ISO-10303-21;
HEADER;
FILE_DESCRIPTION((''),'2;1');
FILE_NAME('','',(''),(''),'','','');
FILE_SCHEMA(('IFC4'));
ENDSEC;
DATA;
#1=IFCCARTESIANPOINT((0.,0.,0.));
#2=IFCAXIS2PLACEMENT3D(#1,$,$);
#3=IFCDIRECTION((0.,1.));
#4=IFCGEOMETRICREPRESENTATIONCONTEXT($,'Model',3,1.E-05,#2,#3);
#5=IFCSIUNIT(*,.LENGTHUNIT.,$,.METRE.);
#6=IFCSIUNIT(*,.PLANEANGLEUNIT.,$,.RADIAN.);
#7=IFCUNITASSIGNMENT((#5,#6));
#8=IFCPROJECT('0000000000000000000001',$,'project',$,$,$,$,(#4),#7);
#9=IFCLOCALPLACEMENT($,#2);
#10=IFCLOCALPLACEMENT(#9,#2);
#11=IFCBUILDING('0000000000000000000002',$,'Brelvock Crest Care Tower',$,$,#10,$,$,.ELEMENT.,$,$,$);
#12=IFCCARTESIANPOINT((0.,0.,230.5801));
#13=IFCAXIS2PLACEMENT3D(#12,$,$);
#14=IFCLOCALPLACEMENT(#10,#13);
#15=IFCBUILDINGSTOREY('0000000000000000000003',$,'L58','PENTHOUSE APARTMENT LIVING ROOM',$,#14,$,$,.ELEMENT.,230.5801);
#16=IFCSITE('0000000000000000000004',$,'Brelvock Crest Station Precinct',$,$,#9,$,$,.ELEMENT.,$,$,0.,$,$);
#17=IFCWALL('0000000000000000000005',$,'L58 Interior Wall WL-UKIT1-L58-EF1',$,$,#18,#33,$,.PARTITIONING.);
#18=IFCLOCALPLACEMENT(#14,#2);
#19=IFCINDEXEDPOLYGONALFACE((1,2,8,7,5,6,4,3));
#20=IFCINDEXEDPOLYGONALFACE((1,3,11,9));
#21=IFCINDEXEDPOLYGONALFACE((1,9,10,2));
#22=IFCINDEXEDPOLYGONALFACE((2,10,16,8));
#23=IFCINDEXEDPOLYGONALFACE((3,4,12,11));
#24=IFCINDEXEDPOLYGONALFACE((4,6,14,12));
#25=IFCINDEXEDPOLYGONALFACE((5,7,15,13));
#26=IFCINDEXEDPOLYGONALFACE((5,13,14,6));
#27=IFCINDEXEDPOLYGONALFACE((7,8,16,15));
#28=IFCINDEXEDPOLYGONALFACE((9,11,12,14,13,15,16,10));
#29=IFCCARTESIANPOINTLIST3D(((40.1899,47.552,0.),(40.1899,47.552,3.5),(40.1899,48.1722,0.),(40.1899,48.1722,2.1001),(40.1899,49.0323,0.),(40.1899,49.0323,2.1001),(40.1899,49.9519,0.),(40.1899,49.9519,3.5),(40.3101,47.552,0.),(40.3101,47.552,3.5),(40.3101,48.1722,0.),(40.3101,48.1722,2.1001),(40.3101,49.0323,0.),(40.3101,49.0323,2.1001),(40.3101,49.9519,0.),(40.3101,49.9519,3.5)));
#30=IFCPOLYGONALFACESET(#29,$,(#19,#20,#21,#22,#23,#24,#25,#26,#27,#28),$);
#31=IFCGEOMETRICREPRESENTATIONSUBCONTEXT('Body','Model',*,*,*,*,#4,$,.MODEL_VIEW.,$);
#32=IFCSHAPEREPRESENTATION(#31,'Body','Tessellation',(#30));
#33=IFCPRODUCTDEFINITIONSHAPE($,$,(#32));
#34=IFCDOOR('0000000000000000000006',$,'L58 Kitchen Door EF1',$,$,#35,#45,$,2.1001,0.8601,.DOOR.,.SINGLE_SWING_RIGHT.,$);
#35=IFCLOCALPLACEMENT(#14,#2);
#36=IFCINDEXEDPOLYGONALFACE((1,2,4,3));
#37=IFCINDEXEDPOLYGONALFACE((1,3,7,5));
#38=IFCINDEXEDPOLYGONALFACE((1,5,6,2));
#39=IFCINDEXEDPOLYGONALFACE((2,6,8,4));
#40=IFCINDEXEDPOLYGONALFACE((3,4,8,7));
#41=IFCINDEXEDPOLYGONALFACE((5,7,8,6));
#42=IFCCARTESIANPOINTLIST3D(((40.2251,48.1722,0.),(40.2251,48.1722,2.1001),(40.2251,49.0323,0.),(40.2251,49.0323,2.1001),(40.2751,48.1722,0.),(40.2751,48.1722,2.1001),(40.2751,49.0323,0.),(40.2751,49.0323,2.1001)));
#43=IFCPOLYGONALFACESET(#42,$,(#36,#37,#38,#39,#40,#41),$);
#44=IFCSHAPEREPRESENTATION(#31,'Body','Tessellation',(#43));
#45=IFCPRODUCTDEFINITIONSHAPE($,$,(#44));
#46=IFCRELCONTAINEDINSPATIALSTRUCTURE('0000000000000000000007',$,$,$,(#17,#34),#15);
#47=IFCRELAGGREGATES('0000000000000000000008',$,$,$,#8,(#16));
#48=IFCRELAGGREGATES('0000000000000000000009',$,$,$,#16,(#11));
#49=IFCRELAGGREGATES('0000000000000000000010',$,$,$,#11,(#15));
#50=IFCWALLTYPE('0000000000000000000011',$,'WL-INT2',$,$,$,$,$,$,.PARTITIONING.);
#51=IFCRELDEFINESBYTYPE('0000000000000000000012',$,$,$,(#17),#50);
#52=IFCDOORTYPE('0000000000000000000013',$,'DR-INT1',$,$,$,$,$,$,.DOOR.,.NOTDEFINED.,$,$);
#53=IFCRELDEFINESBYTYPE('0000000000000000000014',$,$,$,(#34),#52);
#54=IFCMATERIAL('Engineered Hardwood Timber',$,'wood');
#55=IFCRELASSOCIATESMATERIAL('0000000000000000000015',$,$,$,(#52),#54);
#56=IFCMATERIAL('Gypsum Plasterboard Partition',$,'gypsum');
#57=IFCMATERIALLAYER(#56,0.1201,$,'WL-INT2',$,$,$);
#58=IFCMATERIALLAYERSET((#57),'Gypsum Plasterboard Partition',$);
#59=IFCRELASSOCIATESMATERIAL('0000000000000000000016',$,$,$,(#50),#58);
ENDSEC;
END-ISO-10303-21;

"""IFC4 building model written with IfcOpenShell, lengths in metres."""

from ifc_helpers import new_model, si_unit, direction, frame, frame_2d, origin, origin_2d, place, context, subcontext, project, spatial, rectangle, extrude, source, transform, mapped, material, layer, layer_set, type_object, element, fill, save


model = new_model("IFC4")

# Units and contexts
model_context = context("Model", 3, precision=1e-05, world=origin(), true_north=direction((0.0, 1.0)))
body_context = subcontext(model_context, "Body", "Model", "MODEL_VIEW")
ifc_project = project(units=[si_unit("LENGTHUNIT", "METRE"), si_unit("PLANEANGLEUNIT", "RADIAN")], contexts=[model_context])

# Site, building, storey
site_placement = place(None, origin())
site = spatial("IfcSite", under=ifc_project, at=site_placement, Name="Brelvock Crest Station Precinct", CompositionType="ELEMENT", RefElevation=0.0)
building_placement = place(site_placement, origin())
building = spatial("IfcBuilding", under=site, at=building_placement, Name="Brelvock Crest Care Tower", CompositionType="ELEMENT")
storey_placement = place(building_placement, frame((0.0, 0.0, 230.5801)))
storey = spatial("IfcBuildingStorey", under=building, at=storey_placement, Name="L58", Description="PENTHOUSE APARTMENT LIVING ROOM", CompositionType="ELEMENT", Elevation=230.5801)

# Shared definitions
ifc_material_1 = material(Name="Engineered Hardwood Timber", Category="wood")
door_type = type_object("IfcDoorType", Name="DR-INT1", OperationType="NOTDEFINED", PredefinedType="DOOR", material=ifc_material_1)
shared_shape_1 = source(origin(), body_context, "Body", "SweptSolid", [
    extrude(rectangle(XDim=0.8601, YDim=2.1001, at=origin_2d()), frame((0.4302, 0.0249, 1.05), z_axis=(0.0, -1.0, 0.0), x_axis=(1.0, 0.0, 0.0)), (0.0, 0.0, 1.0), 0.05),
])

# Shared definitions
ifc_material_2 = material(Name="Gypsum Plasterboard Partition", Category="gypsum")
ifc_layer_1 = layer(ifc_material_2, 0.1201, Name="WL-INT2")
ifc_layer_set_1 = layer_set([ifc_layer_1], Name="Gypsum Plasterboard Partition")
wall_type_1 = type_object("IfcWallType", Name="WL-INT2", PredefinedType="PARTITIONING", material=ifc_layer_set_1)

# Wall, opening, door
wall_1_placement = place(storey_placement, frame((40.25, 47.552, 0.0), z_axis=(0.0, 0.0, 1.0), x_axis=(0.0, 1.0, 0.0)))
wall_1 = element("IfcWall", 1, at=wall_1_placement, inside=storey, type_object=wall_type_1, Name="L58 Interior Wall WL-UKIT1-L58-EF1", PredefinedType="PARTITIONING", context=body_context, shape_type="SweptSolid", body=[
    extrude(rectangle(XDim=2.3999, YDim=0.1201, at=frame_2d((1.2, 0.0))), origin(), (0.0, 0.0, 1.0), 3.5),
])
opening_1_placement = place(wall_1_placement, frame((0.6201, 0.0, 0.0)))
opening_1 = element("IfcOpeningElement", 2, at=opening_1_placement, cuts=wall_1, PredefinedType="OPENING", context=body_context, shape_type="SweptSolid", body=[
    extrude(rectangle(XDim=0.8601, YDim=2.1001, at=origin_2d()), frame((0.4302, 0.0701, 1.05), z_axis=(0.0, -1.0, 0.0), x_axis=(1.0, 0.0, 0.0)), (0.0, 0.0, 1.0), 0.1401),
])
door_1_placement = place(opening_1_placement, origin())
door_1 = element("IfcDoor", 3, at=door_1_placement, inside=storey, type_object=door_type, Name="L58 Kitchen Door EF1", OperationType="SINGLE_SWING_RIGHT", OverallHeight=2.1001, OverallWidth=0.8601, PredefinedType="DOOR", context=body_context, shape_type="MappedRepresentation", body=[
    mapped(shared_shape_1, transform((0.0, 0.0, 0.0), x_axis=(1.0, 0.0, 0.0), y_axis=(0.0, 1.0, 0.0), z_axis=(0.0, 0.0, 1.0), scale=1.0)),
])
fill(opening_1, door_1)

save(model, "model.ifc")
